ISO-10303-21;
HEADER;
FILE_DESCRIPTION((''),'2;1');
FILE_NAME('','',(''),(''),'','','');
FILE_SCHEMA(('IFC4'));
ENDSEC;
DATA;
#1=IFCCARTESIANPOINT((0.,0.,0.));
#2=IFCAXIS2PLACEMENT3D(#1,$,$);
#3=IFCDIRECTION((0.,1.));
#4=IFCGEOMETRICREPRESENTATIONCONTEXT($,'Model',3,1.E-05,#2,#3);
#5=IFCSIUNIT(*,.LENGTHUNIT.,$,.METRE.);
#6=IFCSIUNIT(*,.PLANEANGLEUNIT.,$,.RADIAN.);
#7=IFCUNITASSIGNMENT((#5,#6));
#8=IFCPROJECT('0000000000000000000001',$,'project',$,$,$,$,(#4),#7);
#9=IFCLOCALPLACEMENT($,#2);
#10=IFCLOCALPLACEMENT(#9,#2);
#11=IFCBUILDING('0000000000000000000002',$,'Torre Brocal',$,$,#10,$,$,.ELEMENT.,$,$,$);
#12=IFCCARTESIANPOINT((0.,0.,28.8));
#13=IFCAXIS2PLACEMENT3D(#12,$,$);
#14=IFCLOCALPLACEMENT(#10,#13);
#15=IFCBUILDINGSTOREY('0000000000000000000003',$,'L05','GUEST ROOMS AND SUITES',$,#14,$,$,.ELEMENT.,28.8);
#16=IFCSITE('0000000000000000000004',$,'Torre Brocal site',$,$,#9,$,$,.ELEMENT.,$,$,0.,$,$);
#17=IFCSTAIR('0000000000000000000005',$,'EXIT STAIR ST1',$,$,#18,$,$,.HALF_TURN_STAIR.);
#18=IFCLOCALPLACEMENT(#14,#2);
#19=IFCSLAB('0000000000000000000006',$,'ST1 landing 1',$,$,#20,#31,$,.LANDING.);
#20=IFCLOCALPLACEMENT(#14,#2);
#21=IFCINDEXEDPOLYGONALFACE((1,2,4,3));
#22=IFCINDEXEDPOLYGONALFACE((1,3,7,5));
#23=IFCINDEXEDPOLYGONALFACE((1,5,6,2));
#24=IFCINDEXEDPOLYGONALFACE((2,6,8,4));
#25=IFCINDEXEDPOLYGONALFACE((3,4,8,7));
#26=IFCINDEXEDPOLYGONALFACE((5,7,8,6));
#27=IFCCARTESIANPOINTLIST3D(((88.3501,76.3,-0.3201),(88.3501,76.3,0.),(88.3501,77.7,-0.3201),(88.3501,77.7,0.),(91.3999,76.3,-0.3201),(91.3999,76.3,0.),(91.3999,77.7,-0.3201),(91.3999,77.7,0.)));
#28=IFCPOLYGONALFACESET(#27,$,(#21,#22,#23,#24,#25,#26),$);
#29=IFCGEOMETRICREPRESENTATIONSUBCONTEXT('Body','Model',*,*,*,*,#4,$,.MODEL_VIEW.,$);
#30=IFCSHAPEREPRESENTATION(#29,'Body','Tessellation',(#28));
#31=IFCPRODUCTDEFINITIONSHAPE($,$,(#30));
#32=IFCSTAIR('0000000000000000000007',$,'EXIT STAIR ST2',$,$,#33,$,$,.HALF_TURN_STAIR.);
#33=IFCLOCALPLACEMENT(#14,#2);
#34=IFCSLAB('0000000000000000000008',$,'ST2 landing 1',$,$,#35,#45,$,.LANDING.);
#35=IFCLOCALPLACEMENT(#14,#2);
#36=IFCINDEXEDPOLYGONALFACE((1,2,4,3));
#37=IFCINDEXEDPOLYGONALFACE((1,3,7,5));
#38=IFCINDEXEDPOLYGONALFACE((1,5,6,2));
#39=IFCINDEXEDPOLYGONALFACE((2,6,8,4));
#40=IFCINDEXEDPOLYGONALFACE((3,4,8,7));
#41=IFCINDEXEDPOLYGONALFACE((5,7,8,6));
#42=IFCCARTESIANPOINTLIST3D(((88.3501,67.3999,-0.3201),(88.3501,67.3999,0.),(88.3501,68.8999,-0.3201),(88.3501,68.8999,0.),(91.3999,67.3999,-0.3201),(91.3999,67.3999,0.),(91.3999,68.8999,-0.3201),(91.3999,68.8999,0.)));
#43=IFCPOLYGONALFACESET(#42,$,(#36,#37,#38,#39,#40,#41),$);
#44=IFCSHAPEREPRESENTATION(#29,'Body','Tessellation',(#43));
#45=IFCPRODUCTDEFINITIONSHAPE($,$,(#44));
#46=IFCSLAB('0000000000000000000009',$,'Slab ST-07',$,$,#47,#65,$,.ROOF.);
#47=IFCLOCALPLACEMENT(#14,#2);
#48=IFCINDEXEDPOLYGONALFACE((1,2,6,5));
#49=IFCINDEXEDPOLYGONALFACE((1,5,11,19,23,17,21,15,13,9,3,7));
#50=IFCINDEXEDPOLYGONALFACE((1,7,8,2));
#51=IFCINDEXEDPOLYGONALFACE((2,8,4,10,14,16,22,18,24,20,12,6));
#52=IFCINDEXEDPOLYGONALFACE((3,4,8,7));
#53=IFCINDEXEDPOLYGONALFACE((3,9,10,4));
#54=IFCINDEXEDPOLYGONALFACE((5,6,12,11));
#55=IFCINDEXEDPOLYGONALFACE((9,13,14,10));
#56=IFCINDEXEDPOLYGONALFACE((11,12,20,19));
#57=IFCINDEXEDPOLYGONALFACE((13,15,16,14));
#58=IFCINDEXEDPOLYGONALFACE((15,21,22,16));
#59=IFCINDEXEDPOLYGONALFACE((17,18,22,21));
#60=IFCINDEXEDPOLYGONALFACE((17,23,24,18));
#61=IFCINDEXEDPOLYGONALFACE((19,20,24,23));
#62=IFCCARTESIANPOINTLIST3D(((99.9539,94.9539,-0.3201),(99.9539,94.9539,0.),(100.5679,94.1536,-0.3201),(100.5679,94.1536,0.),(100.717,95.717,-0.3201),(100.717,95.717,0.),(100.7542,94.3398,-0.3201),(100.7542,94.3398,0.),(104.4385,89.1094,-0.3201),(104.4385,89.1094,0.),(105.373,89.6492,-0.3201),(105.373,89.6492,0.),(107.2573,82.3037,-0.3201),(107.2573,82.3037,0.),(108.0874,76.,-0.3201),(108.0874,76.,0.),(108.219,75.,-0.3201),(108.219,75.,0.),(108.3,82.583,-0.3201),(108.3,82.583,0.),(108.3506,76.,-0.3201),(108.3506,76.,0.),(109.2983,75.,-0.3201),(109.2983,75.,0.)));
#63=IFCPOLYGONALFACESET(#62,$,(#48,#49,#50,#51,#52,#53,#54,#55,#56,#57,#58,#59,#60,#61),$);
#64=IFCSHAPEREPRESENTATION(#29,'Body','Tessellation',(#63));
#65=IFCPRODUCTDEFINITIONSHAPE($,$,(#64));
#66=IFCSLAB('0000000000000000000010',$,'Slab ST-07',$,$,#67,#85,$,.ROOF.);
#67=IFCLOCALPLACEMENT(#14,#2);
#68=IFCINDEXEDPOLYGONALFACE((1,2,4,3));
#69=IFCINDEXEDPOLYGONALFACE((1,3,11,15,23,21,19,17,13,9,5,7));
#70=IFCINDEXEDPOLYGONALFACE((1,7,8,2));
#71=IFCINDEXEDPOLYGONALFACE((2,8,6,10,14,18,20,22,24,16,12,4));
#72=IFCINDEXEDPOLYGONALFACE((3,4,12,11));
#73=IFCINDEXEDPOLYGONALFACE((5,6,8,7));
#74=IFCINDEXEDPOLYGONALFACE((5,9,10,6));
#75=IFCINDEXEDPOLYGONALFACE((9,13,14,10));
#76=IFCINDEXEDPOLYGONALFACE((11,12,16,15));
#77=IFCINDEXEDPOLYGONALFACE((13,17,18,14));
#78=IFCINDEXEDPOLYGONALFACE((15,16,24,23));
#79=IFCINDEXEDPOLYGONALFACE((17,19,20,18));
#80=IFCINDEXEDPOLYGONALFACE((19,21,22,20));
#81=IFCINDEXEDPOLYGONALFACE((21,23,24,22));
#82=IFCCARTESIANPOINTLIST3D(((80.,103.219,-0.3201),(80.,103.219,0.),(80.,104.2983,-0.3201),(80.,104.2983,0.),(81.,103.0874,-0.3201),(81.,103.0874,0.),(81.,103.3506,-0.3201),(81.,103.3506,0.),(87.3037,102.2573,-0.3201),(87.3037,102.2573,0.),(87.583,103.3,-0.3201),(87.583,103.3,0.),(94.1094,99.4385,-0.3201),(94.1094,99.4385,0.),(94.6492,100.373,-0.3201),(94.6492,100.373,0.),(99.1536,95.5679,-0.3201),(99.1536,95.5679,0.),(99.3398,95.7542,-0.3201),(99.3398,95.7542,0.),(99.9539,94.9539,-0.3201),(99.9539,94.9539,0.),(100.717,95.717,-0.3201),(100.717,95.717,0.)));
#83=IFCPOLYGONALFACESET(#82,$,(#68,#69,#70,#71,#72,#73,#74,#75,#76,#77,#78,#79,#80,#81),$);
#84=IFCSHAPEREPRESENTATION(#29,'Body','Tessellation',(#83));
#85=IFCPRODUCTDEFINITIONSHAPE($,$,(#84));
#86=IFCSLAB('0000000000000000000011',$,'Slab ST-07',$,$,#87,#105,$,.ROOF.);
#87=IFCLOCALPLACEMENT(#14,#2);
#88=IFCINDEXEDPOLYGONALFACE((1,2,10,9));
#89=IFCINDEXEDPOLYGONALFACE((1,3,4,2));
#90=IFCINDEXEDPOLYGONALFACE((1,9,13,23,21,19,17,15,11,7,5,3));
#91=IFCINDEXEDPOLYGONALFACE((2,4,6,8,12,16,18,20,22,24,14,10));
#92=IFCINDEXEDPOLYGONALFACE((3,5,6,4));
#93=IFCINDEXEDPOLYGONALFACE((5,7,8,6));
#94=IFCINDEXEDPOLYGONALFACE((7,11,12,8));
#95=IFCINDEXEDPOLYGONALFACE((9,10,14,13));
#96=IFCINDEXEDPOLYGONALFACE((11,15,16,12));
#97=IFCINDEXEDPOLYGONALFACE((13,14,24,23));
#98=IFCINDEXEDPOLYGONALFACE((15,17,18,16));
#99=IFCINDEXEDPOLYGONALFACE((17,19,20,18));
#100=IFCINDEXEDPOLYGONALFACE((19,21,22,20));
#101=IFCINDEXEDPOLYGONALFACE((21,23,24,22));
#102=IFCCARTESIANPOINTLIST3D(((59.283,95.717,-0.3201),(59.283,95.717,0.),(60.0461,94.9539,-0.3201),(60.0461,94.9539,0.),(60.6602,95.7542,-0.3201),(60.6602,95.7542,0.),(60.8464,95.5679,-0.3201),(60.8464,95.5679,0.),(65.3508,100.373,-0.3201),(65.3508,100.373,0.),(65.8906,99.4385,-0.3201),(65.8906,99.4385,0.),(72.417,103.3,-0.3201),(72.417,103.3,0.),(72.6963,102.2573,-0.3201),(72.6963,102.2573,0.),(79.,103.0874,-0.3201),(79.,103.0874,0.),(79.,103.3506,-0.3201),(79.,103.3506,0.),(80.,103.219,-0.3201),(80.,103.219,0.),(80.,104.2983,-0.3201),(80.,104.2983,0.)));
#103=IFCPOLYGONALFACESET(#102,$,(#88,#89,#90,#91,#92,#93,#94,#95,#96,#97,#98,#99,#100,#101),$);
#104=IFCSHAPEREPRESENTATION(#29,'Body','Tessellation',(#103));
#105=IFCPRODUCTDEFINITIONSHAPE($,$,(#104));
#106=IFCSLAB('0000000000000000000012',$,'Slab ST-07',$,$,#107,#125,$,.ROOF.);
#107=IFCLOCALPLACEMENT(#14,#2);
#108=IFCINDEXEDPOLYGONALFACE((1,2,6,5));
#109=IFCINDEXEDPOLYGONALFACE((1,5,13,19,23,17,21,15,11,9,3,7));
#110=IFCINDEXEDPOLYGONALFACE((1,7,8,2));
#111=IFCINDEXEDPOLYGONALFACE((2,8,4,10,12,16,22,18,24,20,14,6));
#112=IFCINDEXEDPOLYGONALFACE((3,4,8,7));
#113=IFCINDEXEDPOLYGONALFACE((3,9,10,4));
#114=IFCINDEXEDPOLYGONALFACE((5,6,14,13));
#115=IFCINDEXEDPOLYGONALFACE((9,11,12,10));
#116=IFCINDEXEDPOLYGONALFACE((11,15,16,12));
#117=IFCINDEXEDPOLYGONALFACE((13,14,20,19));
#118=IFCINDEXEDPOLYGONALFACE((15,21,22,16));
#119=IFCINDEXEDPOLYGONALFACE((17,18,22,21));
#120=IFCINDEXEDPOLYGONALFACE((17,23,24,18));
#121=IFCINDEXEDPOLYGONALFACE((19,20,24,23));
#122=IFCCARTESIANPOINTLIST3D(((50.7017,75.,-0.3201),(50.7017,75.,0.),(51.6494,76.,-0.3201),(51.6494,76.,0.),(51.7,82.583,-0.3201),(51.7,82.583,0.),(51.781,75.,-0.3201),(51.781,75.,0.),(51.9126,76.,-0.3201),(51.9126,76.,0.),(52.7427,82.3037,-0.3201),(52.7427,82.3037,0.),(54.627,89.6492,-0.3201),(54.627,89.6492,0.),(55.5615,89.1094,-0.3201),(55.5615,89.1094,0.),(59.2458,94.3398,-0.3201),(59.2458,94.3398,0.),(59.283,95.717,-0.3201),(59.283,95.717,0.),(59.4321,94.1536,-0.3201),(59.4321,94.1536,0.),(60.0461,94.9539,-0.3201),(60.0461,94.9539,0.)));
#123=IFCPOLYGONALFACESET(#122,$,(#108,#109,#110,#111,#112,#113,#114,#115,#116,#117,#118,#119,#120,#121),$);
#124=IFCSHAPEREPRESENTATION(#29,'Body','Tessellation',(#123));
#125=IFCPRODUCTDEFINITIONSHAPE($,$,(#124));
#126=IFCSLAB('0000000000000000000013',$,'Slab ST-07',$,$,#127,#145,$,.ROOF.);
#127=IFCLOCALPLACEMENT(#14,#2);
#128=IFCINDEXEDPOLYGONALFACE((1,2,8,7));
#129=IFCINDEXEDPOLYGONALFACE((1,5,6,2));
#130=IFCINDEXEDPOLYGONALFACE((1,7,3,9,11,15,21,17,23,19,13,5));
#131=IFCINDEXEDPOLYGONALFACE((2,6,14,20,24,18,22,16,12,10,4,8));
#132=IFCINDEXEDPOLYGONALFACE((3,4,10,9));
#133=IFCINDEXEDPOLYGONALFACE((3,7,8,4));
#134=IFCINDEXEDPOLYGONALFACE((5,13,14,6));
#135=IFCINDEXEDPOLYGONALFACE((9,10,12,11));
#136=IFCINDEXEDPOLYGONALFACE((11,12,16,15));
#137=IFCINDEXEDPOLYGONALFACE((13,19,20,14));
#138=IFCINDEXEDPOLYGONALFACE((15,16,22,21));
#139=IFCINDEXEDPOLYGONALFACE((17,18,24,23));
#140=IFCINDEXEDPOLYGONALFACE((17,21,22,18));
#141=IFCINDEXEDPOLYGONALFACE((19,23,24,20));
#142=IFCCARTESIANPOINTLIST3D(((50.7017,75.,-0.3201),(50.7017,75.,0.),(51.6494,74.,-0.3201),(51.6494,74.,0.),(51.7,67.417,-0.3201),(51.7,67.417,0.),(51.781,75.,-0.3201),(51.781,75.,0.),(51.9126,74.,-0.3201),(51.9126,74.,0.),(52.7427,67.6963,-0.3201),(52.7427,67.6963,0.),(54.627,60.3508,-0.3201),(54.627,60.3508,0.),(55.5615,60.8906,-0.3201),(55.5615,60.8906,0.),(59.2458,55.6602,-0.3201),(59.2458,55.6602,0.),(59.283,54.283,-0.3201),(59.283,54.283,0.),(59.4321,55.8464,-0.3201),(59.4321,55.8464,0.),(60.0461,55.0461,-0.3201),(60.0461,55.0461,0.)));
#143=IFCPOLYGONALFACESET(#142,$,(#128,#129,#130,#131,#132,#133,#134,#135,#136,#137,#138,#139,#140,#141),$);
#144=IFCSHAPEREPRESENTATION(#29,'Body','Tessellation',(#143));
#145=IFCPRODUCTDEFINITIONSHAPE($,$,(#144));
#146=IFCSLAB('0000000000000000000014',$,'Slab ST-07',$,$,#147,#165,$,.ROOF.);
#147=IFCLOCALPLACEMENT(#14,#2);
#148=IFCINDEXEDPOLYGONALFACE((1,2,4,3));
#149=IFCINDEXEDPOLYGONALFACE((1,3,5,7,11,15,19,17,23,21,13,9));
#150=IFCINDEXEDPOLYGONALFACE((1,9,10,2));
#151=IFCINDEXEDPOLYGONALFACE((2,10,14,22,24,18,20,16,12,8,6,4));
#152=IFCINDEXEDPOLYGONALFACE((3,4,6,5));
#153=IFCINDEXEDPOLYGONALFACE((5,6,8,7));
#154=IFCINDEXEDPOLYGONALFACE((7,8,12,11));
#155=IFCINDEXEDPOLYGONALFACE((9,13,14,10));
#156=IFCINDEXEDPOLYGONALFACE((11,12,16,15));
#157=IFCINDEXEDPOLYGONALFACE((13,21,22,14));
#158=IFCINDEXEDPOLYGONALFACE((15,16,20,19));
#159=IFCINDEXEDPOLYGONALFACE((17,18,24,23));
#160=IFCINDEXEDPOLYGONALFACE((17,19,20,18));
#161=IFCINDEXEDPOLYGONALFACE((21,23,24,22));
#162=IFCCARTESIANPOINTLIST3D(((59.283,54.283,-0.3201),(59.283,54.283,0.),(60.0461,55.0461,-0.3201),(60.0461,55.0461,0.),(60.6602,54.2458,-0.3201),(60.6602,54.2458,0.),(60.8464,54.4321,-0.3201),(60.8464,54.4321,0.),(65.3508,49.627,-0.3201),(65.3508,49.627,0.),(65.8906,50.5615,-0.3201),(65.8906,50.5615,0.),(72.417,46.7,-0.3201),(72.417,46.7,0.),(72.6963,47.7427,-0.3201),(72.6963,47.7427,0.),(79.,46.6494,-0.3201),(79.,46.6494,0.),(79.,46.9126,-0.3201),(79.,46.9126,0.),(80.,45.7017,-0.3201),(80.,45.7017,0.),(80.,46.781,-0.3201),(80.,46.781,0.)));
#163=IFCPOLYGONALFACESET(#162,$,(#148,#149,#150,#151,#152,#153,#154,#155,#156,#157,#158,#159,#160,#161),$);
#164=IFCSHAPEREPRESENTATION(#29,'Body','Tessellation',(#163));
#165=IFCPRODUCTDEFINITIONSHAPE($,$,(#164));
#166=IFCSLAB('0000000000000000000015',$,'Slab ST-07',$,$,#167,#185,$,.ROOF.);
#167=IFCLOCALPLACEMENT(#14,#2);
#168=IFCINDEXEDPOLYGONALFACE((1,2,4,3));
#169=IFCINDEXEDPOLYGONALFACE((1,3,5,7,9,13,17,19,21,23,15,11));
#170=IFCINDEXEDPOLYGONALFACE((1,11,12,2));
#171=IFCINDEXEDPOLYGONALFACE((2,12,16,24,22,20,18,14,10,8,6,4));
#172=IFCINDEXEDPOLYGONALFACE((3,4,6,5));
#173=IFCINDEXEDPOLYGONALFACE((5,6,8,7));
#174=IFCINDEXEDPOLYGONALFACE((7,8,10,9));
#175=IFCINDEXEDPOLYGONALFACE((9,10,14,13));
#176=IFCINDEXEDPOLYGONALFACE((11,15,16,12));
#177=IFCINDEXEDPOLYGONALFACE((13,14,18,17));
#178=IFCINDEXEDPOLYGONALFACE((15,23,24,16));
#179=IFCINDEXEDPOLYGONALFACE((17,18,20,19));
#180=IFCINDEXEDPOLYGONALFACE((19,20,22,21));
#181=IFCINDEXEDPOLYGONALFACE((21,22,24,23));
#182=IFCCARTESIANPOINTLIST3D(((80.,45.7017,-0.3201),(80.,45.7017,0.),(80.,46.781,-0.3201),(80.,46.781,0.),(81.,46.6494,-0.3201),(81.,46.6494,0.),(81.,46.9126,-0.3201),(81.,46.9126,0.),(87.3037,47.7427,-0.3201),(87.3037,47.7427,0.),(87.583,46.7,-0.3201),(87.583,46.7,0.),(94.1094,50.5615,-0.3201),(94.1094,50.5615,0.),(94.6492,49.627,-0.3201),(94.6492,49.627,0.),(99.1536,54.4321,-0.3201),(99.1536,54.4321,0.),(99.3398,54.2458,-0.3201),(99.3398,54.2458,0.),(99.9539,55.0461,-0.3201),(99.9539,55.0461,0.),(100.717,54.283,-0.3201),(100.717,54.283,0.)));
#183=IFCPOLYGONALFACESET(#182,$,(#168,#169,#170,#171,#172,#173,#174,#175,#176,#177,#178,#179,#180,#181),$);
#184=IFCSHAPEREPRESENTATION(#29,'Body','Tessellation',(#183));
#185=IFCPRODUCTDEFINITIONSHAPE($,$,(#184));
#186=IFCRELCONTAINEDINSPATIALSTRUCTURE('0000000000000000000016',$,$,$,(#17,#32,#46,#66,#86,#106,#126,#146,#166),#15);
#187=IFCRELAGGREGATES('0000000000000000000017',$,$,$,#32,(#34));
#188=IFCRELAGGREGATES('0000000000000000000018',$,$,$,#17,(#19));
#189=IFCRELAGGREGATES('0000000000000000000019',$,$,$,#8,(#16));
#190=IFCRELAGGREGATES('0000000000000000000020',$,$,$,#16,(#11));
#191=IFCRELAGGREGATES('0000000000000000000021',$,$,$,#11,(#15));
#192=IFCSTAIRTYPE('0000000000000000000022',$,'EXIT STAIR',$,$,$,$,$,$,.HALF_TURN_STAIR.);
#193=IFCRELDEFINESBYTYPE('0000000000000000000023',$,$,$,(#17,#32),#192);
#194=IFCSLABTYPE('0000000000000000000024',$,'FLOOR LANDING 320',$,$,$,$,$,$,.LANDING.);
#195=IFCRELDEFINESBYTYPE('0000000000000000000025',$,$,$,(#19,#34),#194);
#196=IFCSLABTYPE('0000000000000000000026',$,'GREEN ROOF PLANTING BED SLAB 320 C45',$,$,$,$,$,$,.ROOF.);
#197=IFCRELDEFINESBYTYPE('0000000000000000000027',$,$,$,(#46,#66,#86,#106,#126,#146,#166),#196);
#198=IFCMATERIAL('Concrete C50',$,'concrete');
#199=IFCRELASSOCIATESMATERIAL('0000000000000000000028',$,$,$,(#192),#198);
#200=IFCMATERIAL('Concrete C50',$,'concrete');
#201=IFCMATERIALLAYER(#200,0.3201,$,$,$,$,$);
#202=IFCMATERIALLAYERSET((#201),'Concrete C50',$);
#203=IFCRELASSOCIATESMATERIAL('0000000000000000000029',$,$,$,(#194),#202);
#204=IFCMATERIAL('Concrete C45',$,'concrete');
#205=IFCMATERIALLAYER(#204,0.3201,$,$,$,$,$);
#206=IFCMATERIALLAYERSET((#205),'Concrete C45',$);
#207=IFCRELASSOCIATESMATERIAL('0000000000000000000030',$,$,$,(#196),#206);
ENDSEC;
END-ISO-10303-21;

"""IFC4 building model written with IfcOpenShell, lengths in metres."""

from ifc_helpers import new_model, si_unit, direction, frame, origin, place, context, subcontext, project, spatial, polyline, outline, extrude, material, layer, layer_set, type_object, element, aggregate, save


model = new_model("IFC4")

# Units and contexts
model_context = context("Model", 3, precision=1e-05, world=origin(), true_north=direction((0.0, 1.0)))
body_context = subcontext(model_context, "Body", "Model", "MODEL_VIEW")
ifc_project = project(units=[si_unit("LENGTHUNIT", "METRE"), si_unit("PLANEANGLEUNIT", "RADIAN")], contexts=[model_context])

# Site, building, storey
site_placement = place(None, origin())
site = spatial("IfcSite", under=ifc_project, at=site_placement, Name="Torre Brocal site", CompositionType="ELEMENT", RefElevation=0.0)
building_placement = place(site_placement, origin())
building = spatial("IfcBuilding", under=site, at=building_placement, Name="Torre Brocal", CompositionType="ELEMENT")
storey_placement = place(building_placement, frame((0.0, 0.0, 28.8)))
storey = spatial("IfcBuildingStorey", under=building, at=storey_placement, Name="L05", Description="GUEST ROOMS AND SUITES", CompositionType="ELEMENT", Elevation=28.8)

# Stairs, slabs
ifc_material_1 = material(Name="Concrete C50", Category="concrete")
stair_type = type_object("IfcStairType", Name="EXIT STAIR", PredefinedType="HALF_TURN_STAIR", material=ifc_material_1)
stair_1_placement = place(storey_placement, origin())
stair_1 = element("IfcStair", 1, at=stair_1_placement, inside=storey, type_object=stair_type, Name="EXIT STAIR ST1", PredefinedType="HALF_TURN_STAIR")
ifc_material_2 = material(Name="Concrete C50", Category="concrete")
ifc_layer_1 = layer(ifc_material_2, 0.3201)
ifc_layer_set_1 = layer_set([ifc_layer_1], Name="Concrete C50")
slab_type_1 = type_object("IfcSlabType", Name="FLOOR LANDING 320", PredefinedType="LANDING", material=ifc_layer_set_1)
slab_1_placement = place(storey_placement, frame((0.0, 0.0, -0.3201)))
slab_1 = element("IfcSlab", 2, at=slab_1_placement, type_object=slab_type_1, Name="ST1 landing 1", PredefinedType="LANDING", context=body_context, shape_type="SweptSolid", body=[
    extrude(outline(polyline([(88.3501, 76.3), (91.3999, 76.3), (91.3999, 77.7), (88.3501, 77.7), (88.3501, 76.3)])), origin(), (0.0, 0.0, 1.0), 0.3201),
])
stair_2_placement = place(storey_placement, origin())
stair_2 = element("IfcStair", 3, at=stair_2_placement, inside=storey, type_object=stair_type, Name="EXIT STAIR ST2", PredefinedType="HALF_TURN_STAIR")
slab_2_placement = place(storey_placement, frame((0.0, 0.0, -0.3201)))
slab_2 = element("IfcSlab", 4, at=slab_2_placement, type_object=slab_type_1, Name="ST2 landing 1", PredefinedType="LANDING", context=body_context, shape_type="SweptSolid", body=[
    extrude(outline(polyline([(88.3501, 67.3999), (91.3999, 67.3999), (91.3999, 68.8999), (88.3501, 68.8999), (88.3501, 67.3999)])), origin(), (0.0, 0.0, 1.0), 0.3201),
])
aggregate(stair_2, [slab_2])

# Slabs
ifc_material_3 = material(Name="Concrete C45", Category="concrete")
ifc_layer_2 = layer(ifc_material_3, 0.3201)
ifc_layer_set_2 = layer_set([ifc_layer_2], Name="Concrete C45")
slab_type_2 = type_object("IfcSlabType", Name="GREEN ROOF PLANTING BED SLAB 320 C45", PredefinedType="ROOF", material=ifc_layer_set_2)
slab_3_placement = place(storey_placement, frame((0.0, 0.0, -0.3201)))
element("IfcSlab", 5, at=slab_3_placement, inside=storey, type_object=slab_type_2, Name="Slab ST-07", PredefinedType="ROOF", context=body_context, shape_type="SweptSolid", body=[
    extrude(outline(polyline([(109.2983, 75.0), (108.219, 75.0), (108.3506, 76.0), (108.0874, 76.0), (107.2573, 82.3037), (104.4385, 89.1094), (100.5679, 94.1536), (100.7542, 94.3398), (99.9539, 94.9539), (100.717, 95.717), (105.373, 89.6492), (108.3, 82.583), (109.2983, 75.0)])), origin(), (0.0, 0.0, 1.0), 0.3201),
])
slab_4_placement = place(storey_placement, frame((0.0, 0.0, -0.3201)))
element("IfcSlab", 6, at=slab_4_placement, inside=storey, type_object=slab_type_2, Name="Slab ST-07", PredefinedType="ROOF", context=body_context, shape_type="SweptSolid", body=[
    extrude(outline(polyline([(100.717, 95.717), (99.9539, 94.9539), (99.3398, 95.7542), (99.1536, 95.5679), (94.1094, 99.4385), (87.3037, 102.2573), (81.0, 103.0874), (81.0, 103.3506), (80.0, 103.219), (80.0, 104.2983), (87.583, 103.3), (94.6492, 100.373), (100.717, 95.717)])), origin(), (0.0, 0.0, 1.0), 0.3201),
])
slab_5_placement = place(storey_placement, frame((0.0, 0.0, -0.3201)))
element("IfcSlab", 7, at=slab_5_placement, inside=storey, type_object=slab_type_2, Name="Slab ST-07", PredefinedType="ROOF", context=body_context, shape_type="SweptSolid", body=[
    extrude(outline(polyline([(80.0, 104.2983), (80.0, 103.219), (79.0, 103.3506), (79.0, 103.0874), (72.6963, 102.2573), (65.8906, 99.4385), (60.8464, 95.5679), (60.6602, 95.7542), (60.0461, 94.9539), (59.283, 95.717), (65.3508, 100.373), (72.417, 103.3), (80.0, 104.2983)])), origin(), (0.0, 0.0, 1.0), 0.3201),
])
slab_6_placement = place(storey_placement, frame((0.0, 0.0, -0.3201)))
element("IfcSlab", 8, at=slab_6_placement, inside=storey, type_object=slab_type_2, Name="Slab ST-07", PredefinedType="ROOF", context=body_context, shape_type="SweptSolid", body=[
    extrude(outline(polyline([(59.283, 95.717), (60.0461, 94.9539), (59.2458, 94.3398), (59.4321, 94.1536), (55.5615, 89.1094), (52.7427, 82.3037), (51.9126, 76.0), (51.6494, 76.0), (51.781, 75.0), (50.7017, 75.0), (51.7, 82.583), (54.627, 89.6492), (59.283, 95.717)])), origin(), (0.0, 0.0, 1.0), 0.3201),
])
slab_7_placement = place(storey_placement, frame((0.0, 0.0, -0.3201)))
element("IfcSlab", 9, at=slab_7_placement, inside=storey, type_object=slab_type_2, Name="Slab ST-07", PredefinedType="ROOF", context=body_context, shape_type="SweptSolid", body=[
    extrude(outline(polyline([(50.7017, 75.0), (51.781, 75.0), (51.6494, 74.0), (51.9126, 74.0), (52.7427, 67.6963), (55.5615, 60.8906), (59.4321, 55.8464), (59.2458, 55.6602), (60.0461, 55.0461), (59.283, 54.283), (54.627, 60.3508), (51.7, 67.417), (50.7017, 75.0)])), origin(), (0.0, 0.0, 1.0), 0.3201),
])
slab_8_placement = place(storey_placement, frame((0.0, 0.0, -0.3201)))
element("IfcSlab", 10, at=slab_8_placement, inside=storey, type_object=slab_type_2, Name="Slab ST-07", PredefinedType="ROOF", context=body_context, shape_type="SweptSolid", body=[
    extrude(outline(polyline([(59.283, 54.283), (60.0461, 55.0461), (60.6602, 54.2458), (60.8464, 54.4321), (65.8906, 50.5615), (72.6963, 47.7427), (79.0, 46.9126), (79.0, 46.6494), (80.0, 46.781), (80.0, 45.7017), (72.417, 46.7), (65.3508, 49.627), (59.283, 54.283)])), origin(), (0.0, 0.0, 1.0), 0.3201),
])
slab_9_placement = place(storey_placement, frame((0.0, 0.0, -0.3201)))
element("IfcSlab", 11, at=slab_9_placement, inside=storey, type_object=slab_type_2, Name="Slab ST-07", PredefinedType="ROOF", context=body_context, shape_type="SweptSolid", body=[
    extrude(outline(polyline([(80.0, 45.7017), (80.0, 46.781), (81.0, 46.6494), (81.0, 46.9126), (87.3037, 47.7427), (94.1094, 50.5615), (99.1536, 54.4321), (99.3398, 54.2458), (99.9539, 55.0461), (100.717, 54.283), (94.6492, 49.627), (87.583, 46.7), (80.0, 45.7017)])), origin(), (0.0, 0.0, 1.0), 0.3201),
])

aggregate(stair_1, [slab_1])

save(model, "model.ifc")
